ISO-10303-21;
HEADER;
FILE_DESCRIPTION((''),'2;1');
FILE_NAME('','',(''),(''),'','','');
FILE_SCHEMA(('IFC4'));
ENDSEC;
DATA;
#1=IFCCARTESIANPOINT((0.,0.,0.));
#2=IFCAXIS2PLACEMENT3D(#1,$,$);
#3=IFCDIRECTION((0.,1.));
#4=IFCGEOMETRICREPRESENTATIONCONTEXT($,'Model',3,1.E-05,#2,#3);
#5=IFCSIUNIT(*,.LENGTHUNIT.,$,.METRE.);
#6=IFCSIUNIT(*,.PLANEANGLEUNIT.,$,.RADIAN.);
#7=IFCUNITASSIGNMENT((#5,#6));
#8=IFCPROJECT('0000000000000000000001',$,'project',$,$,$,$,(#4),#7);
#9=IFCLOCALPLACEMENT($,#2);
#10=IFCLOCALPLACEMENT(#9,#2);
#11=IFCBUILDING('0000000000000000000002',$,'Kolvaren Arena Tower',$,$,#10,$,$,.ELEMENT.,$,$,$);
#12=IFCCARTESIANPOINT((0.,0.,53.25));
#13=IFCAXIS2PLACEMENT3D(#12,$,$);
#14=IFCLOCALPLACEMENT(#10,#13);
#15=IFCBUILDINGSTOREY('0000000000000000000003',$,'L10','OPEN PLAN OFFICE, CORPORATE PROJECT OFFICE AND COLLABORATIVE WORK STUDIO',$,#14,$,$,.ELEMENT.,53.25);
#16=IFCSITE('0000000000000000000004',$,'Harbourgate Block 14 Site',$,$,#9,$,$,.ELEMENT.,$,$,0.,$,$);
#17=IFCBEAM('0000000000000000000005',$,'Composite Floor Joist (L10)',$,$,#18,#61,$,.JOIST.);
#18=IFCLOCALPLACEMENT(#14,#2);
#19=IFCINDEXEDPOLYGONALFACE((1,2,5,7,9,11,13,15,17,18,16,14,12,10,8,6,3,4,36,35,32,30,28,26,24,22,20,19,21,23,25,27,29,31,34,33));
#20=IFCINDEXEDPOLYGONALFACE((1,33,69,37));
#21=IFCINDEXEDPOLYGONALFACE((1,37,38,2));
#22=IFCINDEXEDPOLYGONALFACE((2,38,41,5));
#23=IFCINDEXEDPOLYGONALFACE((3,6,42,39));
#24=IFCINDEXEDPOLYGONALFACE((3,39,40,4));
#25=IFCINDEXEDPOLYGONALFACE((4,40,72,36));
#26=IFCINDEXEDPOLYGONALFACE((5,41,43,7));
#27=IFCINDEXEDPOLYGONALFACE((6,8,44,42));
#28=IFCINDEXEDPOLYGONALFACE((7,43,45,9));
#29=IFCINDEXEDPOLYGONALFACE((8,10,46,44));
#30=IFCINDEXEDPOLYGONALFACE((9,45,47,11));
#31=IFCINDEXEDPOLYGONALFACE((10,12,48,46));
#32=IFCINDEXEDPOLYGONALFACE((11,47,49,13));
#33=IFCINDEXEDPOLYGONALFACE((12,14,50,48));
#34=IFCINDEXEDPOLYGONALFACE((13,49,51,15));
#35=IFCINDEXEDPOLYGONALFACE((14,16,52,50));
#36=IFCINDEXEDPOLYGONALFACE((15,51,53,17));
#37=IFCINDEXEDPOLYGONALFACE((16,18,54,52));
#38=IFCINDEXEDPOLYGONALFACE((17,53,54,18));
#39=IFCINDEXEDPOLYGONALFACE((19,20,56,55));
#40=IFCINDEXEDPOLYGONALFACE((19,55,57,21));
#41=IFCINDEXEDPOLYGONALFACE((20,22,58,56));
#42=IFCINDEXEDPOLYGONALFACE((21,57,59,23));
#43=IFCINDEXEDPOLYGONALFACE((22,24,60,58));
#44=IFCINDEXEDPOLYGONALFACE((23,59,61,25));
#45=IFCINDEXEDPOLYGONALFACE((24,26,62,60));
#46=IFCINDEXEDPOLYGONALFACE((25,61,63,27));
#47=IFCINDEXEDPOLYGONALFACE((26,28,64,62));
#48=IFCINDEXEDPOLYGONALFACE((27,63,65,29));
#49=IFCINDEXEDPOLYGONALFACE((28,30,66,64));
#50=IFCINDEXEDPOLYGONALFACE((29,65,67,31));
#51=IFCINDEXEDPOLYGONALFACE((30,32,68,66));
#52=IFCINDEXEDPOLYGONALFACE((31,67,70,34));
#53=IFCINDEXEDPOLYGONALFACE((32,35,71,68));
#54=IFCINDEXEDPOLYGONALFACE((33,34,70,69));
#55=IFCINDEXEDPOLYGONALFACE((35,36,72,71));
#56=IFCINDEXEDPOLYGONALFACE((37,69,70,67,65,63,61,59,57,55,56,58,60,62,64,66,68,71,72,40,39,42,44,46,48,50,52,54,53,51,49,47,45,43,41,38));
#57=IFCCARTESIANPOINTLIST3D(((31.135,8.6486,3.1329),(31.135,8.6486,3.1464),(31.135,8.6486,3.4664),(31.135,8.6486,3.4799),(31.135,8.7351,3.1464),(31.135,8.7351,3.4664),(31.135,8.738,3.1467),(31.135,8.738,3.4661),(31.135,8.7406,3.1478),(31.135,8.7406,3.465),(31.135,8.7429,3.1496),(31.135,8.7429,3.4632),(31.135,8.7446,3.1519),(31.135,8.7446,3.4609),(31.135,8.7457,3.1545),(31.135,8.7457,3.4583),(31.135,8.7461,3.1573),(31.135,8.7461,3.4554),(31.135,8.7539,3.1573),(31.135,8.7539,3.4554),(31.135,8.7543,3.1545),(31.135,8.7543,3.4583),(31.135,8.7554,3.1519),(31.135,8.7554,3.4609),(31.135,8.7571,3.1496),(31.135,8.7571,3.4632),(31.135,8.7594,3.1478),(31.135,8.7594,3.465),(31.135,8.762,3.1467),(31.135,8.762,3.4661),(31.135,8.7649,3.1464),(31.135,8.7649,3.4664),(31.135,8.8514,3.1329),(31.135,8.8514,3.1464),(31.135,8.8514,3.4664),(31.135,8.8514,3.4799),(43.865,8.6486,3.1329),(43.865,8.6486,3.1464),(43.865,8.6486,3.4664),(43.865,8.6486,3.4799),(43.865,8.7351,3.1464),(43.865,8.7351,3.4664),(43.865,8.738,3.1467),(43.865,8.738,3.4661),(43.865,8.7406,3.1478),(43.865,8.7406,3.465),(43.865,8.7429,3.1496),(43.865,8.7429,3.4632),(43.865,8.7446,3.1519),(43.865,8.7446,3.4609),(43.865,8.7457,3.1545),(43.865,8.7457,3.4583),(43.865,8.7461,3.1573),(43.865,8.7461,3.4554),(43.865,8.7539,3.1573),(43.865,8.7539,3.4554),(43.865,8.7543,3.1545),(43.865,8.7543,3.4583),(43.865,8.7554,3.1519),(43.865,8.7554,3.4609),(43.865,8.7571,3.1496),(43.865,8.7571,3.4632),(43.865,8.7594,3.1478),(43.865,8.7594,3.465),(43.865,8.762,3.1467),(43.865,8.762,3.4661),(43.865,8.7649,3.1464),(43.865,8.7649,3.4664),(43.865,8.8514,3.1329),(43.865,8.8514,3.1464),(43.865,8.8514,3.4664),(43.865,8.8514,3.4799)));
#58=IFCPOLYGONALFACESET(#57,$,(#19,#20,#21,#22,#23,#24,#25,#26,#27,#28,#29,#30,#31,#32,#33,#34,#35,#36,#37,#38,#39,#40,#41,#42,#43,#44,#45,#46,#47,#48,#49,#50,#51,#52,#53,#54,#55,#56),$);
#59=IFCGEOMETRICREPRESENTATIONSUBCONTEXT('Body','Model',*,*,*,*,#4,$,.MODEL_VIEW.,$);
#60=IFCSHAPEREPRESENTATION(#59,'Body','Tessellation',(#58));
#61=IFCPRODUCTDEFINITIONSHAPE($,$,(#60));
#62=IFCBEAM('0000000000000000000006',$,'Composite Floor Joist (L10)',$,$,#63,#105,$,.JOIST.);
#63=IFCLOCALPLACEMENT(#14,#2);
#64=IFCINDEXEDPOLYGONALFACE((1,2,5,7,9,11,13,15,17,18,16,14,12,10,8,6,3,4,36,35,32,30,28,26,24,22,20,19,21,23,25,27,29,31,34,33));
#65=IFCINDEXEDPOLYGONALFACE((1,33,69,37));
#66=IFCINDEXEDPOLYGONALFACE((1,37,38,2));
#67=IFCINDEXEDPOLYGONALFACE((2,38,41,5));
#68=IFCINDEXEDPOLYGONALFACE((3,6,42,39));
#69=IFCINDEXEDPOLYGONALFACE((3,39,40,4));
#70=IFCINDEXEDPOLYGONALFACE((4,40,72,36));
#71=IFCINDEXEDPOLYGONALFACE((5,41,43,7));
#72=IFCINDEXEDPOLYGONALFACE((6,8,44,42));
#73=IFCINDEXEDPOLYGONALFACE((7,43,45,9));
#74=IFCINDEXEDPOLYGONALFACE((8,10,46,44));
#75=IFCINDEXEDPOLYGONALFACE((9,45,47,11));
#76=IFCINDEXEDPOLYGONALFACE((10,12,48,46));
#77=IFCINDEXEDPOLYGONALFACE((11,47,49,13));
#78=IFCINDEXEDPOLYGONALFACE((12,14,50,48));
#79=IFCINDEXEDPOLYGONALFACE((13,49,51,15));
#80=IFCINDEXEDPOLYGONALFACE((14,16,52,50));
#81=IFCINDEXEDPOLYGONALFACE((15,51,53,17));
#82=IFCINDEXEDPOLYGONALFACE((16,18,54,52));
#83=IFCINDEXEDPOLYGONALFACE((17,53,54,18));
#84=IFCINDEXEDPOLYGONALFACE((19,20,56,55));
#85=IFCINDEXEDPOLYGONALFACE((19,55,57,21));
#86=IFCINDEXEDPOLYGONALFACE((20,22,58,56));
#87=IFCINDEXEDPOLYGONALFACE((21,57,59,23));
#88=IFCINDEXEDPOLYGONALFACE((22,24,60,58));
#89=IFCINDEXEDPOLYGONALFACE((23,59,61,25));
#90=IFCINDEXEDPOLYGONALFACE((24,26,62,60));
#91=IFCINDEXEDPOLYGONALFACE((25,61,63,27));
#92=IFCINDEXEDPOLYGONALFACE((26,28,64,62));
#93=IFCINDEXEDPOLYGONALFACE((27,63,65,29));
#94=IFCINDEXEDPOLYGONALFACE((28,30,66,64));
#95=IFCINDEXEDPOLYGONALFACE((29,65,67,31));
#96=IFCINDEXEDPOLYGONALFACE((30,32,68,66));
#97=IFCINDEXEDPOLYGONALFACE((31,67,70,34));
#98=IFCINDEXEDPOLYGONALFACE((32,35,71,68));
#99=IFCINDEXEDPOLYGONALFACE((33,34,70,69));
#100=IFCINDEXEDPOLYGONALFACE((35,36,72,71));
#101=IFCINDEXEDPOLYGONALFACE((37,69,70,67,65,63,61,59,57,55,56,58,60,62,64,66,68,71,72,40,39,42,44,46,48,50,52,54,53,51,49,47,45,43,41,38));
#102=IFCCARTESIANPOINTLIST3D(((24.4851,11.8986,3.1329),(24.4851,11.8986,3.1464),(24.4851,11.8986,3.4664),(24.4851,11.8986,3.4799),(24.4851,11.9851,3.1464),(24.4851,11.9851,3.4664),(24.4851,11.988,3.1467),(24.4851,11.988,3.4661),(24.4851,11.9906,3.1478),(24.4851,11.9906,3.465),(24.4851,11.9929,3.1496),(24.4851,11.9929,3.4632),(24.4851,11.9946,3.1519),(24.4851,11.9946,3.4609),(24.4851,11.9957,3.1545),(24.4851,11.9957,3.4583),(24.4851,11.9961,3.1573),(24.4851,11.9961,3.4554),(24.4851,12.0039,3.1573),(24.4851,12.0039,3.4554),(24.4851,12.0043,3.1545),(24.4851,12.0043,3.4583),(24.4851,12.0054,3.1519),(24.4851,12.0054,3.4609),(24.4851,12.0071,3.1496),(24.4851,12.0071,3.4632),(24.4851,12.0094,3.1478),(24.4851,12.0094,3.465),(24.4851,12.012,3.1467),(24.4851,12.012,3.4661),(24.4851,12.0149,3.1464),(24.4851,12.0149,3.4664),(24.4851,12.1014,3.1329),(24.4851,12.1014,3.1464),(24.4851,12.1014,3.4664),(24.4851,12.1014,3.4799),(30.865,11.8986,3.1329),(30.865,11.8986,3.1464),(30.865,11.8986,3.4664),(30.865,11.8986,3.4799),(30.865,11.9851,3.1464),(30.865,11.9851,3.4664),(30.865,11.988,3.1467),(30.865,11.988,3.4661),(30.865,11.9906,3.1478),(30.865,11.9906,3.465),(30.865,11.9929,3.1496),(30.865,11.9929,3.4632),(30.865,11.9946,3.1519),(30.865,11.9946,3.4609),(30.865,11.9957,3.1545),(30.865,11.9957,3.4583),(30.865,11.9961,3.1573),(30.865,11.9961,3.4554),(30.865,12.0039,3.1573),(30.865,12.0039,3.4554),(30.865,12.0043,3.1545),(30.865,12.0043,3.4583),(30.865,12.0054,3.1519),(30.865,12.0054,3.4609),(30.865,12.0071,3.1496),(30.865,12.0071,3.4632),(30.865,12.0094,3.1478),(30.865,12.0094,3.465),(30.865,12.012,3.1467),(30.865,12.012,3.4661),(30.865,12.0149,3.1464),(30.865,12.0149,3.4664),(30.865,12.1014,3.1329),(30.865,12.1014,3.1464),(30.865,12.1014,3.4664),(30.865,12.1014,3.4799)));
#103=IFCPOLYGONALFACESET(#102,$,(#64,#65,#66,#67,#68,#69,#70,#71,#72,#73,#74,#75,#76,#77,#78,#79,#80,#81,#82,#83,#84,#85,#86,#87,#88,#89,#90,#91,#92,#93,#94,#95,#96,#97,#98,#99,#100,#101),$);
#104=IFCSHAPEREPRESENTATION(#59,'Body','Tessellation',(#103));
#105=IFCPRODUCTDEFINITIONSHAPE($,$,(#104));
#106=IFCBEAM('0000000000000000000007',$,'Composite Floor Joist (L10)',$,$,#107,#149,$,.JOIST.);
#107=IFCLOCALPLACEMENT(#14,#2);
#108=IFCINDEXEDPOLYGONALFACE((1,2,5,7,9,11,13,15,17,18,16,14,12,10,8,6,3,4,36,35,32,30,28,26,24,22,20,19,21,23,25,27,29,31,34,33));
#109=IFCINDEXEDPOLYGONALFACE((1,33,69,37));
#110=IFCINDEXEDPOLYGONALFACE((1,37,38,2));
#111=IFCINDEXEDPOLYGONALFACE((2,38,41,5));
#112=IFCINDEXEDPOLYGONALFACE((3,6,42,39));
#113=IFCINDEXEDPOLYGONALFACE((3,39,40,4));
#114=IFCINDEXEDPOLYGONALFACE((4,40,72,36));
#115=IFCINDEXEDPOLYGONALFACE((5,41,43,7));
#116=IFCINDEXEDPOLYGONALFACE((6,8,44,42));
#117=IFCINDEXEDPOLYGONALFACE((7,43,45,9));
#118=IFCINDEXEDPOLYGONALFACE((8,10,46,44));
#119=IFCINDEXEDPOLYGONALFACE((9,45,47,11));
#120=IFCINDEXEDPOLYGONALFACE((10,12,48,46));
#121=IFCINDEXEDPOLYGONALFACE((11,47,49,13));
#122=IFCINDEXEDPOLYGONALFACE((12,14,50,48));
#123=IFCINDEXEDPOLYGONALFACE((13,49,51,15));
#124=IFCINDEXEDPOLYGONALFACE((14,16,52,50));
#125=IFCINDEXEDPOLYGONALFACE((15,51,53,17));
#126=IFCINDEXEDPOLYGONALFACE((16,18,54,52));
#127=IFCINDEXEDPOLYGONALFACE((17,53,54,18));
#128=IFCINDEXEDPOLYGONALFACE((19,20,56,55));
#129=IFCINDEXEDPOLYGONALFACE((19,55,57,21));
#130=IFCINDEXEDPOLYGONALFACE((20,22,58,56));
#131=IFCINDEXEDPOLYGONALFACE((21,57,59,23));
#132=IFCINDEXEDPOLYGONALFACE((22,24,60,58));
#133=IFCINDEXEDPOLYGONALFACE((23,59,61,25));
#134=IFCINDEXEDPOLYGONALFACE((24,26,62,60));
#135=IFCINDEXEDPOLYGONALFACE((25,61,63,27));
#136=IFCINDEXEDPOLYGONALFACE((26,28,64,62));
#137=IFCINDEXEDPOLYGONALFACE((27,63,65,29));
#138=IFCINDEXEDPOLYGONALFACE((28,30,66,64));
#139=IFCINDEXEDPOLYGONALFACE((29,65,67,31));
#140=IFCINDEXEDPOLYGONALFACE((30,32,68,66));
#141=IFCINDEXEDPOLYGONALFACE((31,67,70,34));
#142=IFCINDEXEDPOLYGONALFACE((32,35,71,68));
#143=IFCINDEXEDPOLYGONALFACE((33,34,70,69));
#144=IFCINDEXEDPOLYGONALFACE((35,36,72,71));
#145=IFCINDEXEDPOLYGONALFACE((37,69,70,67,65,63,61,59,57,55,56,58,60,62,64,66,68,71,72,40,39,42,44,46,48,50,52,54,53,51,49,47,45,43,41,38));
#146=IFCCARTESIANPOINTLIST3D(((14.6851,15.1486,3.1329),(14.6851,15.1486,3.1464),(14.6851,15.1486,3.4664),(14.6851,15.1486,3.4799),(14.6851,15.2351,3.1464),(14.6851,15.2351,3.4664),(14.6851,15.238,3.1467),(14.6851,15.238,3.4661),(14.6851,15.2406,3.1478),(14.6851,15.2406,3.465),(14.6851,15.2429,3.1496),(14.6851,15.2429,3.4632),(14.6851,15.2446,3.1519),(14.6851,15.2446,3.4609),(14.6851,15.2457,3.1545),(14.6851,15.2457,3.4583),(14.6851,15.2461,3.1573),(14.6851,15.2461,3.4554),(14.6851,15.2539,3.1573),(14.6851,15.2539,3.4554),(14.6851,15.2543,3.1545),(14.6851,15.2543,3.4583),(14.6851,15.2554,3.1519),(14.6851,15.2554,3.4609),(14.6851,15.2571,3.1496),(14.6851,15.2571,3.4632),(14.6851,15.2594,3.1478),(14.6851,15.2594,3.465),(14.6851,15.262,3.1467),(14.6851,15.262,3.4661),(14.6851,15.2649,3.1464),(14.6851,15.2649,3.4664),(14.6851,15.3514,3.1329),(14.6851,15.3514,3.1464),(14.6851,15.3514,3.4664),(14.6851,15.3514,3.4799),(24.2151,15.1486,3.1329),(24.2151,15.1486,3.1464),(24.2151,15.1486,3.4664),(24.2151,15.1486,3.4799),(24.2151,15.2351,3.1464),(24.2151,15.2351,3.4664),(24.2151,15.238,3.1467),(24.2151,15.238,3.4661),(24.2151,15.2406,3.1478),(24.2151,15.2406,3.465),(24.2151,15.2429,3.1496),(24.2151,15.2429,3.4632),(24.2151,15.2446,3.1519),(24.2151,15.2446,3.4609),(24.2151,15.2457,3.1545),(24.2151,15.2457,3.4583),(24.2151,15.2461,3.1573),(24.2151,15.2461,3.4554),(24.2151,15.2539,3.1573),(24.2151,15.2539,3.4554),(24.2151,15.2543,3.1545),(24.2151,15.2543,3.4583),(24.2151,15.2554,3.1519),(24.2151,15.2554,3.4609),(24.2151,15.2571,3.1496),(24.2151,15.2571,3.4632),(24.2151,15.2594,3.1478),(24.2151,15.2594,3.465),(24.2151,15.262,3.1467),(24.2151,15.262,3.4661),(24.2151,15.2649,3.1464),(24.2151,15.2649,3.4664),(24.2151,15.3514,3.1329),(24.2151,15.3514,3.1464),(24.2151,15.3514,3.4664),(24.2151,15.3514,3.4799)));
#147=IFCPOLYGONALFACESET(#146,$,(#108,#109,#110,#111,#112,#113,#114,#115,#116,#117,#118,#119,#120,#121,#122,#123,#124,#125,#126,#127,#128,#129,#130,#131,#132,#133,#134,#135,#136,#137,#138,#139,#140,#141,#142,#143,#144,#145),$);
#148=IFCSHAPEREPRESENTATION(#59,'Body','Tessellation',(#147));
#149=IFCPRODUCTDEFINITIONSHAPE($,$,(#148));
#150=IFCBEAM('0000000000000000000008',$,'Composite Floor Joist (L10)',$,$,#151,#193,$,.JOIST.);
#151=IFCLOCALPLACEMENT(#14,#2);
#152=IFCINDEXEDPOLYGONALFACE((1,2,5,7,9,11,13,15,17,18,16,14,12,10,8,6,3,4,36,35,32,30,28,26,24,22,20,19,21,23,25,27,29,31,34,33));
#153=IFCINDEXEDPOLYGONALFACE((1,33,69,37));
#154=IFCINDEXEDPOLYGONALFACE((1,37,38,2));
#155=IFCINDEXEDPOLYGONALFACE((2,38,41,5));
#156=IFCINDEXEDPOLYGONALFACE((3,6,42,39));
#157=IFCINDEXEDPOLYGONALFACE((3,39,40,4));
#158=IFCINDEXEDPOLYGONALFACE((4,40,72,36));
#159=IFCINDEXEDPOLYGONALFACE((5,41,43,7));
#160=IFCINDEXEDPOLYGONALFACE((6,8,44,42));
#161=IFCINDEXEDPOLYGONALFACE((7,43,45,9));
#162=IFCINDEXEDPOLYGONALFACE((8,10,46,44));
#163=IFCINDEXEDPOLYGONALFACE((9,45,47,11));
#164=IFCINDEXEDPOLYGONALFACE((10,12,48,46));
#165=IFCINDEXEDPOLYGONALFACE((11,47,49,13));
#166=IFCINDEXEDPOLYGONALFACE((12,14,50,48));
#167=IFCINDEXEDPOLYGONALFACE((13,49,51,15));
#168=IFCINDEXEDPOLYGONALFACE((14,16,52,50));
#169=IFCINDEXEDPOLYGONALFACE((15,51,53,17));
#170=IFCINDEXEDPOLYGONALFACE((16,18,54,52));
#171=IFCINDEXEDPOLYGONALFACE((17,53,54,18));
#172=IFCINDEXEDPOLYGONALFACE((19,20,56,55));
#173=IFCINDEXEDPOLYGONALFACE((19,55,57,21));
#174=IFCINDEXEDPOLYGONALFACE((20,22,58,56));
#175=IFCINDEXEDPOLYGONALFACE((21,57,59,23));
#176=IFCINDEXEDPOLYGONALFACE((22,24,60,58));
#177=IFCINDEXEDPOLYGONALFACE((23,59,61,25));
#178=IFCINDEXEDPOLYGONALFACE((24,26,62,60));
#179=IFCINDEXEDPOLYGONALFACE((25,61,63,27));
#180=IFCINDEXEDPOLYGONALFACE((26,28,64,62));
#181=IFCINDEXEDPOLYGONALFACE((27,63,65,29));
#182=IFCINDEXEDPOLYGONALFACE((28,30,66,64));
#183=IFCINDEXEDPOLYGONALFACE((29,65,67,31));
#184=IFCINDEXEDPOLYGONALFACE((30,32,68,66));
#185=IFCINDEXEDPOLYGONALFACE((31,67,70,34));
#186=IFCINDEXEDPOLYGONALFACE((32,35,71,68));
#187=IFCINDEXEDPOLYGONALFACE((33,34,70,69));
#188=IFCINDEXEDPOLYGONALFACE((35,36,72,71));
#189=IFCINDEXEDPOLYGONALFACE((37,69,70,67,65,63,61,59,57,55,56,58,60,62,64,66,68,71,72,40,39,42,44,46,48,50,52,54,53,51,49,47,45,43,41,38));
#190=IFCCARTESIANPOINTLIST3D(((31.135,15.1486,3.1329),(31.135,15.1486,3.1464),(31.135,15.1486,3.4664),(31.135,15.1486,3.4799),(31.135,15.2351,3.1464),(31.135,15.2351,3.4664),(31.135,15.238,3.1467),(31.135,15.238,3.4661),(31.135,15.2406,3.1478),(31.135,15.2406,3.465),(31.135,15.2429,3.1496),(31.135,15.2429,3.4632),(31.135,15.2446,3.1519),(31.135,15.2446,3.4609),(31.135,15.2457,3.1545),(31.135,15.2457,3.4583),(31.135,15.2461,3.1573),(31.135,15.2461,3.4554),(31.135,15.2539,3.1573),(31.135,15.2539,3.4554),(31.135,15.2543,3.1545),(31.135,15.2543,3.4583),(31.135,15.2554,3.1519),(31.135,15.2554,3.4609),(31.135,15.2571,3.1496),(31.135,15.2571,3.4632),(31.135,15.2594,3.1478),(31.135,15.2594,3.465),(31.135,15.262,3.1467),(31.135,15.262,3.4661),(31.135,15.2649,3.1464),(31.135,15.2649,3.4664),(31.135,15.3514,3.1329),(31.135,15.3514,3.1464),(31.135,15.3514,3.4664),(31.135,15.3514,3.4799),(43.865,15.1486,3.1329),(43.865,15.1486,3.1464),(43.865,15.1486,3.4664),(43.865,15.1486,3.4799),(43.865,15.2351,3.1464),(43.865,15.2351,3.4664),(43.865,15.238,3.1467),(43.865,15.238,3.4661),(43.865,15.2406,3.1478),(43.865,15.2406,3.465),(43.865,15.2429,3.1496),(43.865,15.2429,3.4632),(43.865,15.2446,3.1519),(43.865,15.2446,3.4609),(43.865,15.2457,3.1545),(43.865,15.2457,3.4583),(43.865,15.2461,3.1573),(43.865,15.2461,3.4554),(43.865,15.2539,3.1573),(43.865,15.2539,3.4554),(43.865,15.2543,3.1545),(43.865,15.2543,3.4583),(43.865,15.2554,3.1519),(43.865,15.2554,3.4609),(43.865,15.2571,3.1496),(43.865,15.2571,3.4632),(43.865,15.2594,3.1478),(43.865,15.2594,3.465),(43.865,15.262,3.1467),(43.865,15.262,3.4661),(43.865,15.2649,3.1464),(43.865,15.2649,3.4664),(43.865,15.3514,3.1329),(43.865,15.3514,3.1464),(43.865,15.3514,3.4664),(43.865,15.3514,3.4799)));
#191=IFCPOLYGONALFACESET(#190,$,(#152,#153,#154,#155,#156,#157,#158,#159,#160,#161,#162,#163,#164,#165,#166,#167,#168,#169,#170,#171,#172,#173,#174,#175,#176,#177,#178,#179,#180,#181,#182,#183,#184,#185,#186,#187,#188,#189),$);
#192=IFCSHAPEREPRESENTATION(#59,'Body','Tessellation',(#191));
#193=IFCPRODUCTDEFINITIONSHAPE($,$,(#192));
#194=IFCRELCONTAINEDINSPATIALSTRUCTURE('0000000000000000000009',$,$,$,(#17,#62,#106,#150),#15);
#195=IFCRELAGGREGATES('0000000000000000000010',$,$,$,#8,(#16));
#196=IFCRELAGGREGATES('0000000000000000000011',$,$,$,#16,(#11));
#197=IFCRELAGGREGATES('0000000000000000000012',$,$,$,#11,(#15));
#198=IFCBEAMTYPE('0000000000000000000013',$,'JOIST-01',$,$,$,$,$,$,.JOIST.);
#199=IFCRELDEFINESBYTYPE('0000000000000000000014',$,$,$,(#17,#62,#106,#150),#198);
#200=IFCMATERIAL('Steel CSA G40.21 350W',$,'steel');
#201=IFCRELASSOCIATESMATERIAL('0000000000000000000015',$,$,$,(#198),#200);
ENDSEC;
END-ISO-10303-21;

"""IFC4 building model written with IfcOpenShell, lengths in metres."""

from ifc_helpers import new_model, si_unit, direction, frame, origin, origin_2d, place, context, subcontext, project, spatial, i_section, extrude, material, material_profile, profile_set, type_object, element, save


model = new_model("IFC4")

# Units and contexts
model_context = context("Model", 3, precision=1e-05, world=origin(), true_north=direction((0.0, 1.0)))
body_context = subcontext(model_context, "Body", "Model", "MODEL_VIEW")
ifc_project = project(units=[si_unit("LENGTHUNIT", "METRE"), si_unit("PLANEANGLEUNIT", "RADIAN")], contexts=[model_context])

# Site, building, storey
site_placement = place(None, origin())
site = spatial("IfcSite", under=ifc_project, at=site_placement, Name="Harbourgate Block 14 Site", CompositionType="ELEMENT", RefElevation=0.0)
building_placement = place(site_placement, origin())
building = spatial("IfcBuilding", under=site, at=building_placement, Name="Kolvaren Arena Tower", CompositionType="ELEMENT")
storey_placement = place(building_placement, frame((0.0, 0.0, 53.25)))
storey = spatial("IfcBuildingStorey", under=building, at=storey_placement, Name="L10", Description="OPEN PLAN OFFICE, CORPORATE PROJECT OFFICE AND COLLABORATIVE WORK STUDIO", CompositionType="ELEMENT", Elevation=53.25)

# Beams
ifc_material_1 = material(Name="Steel CSA G40.21 350W", Category="steel")
ifc_material_profile_1 = material_profile(ifc_material_1, i_section(OverallWidth=0.2029, OverallDepth=0.3469, WebThickness=0.0078, FlangeThickness=0.0134, FilletRadius=0.011, at=origin_2d()), Name="W360x64")
ifc_profile_set_1 = profile_set([ifc_material_profile_1], Name="Steel CSA G40.21 350W")
beam_type_1 = type_object("IfcBeamType", Name="JOIST-01", PredefinedType="JOIST", material=ifc_profile_set_1)
beam_1_placement = place(storey_placement, frame((31.135, 8.75, 3.3064), z_axis=(1.0, 0.0, 0.0), x_axis=(0.0, 1.0, 0.0)))
element("IfcBeam", 1, at=beam_1_placement, inside=storey, type_object=beam_type_1, Name="Composite Floor Joist (L10)", PredefinedType="JOIST", context=body_context, shape_type="SweptSolid", body=[
    extrude(i_section(OverallWidth=0.2029, OverallDepth=0.3469, WebThickness=0.0078, FlangeThickness=0.0134, FilletRadius=0.011, at=origin_2d()), origin(), (0.0, 0.0, 1.0), 12.73),
])
beam_2_placement = place(storey_placement, frame((24.4851, 12.0, 3.3064), z_axis=(1.0, 0.0, 0.0), x_axis=(0.0, 1.0, 0.0)))
element("IfcBeam", 2, at=beam_2_placement, inside=storey, type_object=beam_type_1, Name="Composite Floor Joist (L10)", PredefinedType="JOIST", context=body_context, shape_type="SweptSolid", body=[
    extrude(i_section(OverallWidth=0.2029, OverallDepth=0.3469, WebThickness=0.0078, FlangeThickness=0.0134, FilletRadius=0.011, at=origin_2d()), origin(), (0.0, 0.0, 1.0), 6.3799),
])
beam_3_placement = place(storey_placement, frame((14.6851, 15.25, 3.3064), z_axis=(1.0, 0.0, 0.0), x_axis=(0.0, 1.0, 0.0)))
element("IfcBeam", 3, at=beam_3_placement, inside=storey, type_object=beam_type_1, Name="Composite Floor Joist (L10)", PredefinedType="JOIST", context=body_context, shape_type="SweptSolid", body=[
    extrude(i_section(OverallWidth=0.2029, OverallDepth=0.3469, WebThickness=0.0078, FlangeThickness=0.0134, FilletRadius=0.011, at=origin_2d()), origin(), (0.0, 0.0, 1.0), 9.53),
])
beam_4_placement = place(storey_placement, frame((31.135, 15.25, 3.3064), z_axis=(1.0, 0.0, 0.0), x_axis=(0.0, 1.0, 0.0)))
element("IfcBeam", 4, at=beam_4_placement, inside=storey, type_object=beam_type_1, Name="Composite Floor Joist (L10)", PredefinedType="JOIST", context=body_context, shape_type="SweptSolid", body=[
    extrude(i_section(OverallWidth=0.2029, OverallDepth=0.3469, WebThickness=0.0078, FlangeThickness=0.0134, FilletRadius=0.011, at=origin_2d()), origin(), (0.0, 0.0, 1.0), 12.73),
])

save(model, "model.ifc")
